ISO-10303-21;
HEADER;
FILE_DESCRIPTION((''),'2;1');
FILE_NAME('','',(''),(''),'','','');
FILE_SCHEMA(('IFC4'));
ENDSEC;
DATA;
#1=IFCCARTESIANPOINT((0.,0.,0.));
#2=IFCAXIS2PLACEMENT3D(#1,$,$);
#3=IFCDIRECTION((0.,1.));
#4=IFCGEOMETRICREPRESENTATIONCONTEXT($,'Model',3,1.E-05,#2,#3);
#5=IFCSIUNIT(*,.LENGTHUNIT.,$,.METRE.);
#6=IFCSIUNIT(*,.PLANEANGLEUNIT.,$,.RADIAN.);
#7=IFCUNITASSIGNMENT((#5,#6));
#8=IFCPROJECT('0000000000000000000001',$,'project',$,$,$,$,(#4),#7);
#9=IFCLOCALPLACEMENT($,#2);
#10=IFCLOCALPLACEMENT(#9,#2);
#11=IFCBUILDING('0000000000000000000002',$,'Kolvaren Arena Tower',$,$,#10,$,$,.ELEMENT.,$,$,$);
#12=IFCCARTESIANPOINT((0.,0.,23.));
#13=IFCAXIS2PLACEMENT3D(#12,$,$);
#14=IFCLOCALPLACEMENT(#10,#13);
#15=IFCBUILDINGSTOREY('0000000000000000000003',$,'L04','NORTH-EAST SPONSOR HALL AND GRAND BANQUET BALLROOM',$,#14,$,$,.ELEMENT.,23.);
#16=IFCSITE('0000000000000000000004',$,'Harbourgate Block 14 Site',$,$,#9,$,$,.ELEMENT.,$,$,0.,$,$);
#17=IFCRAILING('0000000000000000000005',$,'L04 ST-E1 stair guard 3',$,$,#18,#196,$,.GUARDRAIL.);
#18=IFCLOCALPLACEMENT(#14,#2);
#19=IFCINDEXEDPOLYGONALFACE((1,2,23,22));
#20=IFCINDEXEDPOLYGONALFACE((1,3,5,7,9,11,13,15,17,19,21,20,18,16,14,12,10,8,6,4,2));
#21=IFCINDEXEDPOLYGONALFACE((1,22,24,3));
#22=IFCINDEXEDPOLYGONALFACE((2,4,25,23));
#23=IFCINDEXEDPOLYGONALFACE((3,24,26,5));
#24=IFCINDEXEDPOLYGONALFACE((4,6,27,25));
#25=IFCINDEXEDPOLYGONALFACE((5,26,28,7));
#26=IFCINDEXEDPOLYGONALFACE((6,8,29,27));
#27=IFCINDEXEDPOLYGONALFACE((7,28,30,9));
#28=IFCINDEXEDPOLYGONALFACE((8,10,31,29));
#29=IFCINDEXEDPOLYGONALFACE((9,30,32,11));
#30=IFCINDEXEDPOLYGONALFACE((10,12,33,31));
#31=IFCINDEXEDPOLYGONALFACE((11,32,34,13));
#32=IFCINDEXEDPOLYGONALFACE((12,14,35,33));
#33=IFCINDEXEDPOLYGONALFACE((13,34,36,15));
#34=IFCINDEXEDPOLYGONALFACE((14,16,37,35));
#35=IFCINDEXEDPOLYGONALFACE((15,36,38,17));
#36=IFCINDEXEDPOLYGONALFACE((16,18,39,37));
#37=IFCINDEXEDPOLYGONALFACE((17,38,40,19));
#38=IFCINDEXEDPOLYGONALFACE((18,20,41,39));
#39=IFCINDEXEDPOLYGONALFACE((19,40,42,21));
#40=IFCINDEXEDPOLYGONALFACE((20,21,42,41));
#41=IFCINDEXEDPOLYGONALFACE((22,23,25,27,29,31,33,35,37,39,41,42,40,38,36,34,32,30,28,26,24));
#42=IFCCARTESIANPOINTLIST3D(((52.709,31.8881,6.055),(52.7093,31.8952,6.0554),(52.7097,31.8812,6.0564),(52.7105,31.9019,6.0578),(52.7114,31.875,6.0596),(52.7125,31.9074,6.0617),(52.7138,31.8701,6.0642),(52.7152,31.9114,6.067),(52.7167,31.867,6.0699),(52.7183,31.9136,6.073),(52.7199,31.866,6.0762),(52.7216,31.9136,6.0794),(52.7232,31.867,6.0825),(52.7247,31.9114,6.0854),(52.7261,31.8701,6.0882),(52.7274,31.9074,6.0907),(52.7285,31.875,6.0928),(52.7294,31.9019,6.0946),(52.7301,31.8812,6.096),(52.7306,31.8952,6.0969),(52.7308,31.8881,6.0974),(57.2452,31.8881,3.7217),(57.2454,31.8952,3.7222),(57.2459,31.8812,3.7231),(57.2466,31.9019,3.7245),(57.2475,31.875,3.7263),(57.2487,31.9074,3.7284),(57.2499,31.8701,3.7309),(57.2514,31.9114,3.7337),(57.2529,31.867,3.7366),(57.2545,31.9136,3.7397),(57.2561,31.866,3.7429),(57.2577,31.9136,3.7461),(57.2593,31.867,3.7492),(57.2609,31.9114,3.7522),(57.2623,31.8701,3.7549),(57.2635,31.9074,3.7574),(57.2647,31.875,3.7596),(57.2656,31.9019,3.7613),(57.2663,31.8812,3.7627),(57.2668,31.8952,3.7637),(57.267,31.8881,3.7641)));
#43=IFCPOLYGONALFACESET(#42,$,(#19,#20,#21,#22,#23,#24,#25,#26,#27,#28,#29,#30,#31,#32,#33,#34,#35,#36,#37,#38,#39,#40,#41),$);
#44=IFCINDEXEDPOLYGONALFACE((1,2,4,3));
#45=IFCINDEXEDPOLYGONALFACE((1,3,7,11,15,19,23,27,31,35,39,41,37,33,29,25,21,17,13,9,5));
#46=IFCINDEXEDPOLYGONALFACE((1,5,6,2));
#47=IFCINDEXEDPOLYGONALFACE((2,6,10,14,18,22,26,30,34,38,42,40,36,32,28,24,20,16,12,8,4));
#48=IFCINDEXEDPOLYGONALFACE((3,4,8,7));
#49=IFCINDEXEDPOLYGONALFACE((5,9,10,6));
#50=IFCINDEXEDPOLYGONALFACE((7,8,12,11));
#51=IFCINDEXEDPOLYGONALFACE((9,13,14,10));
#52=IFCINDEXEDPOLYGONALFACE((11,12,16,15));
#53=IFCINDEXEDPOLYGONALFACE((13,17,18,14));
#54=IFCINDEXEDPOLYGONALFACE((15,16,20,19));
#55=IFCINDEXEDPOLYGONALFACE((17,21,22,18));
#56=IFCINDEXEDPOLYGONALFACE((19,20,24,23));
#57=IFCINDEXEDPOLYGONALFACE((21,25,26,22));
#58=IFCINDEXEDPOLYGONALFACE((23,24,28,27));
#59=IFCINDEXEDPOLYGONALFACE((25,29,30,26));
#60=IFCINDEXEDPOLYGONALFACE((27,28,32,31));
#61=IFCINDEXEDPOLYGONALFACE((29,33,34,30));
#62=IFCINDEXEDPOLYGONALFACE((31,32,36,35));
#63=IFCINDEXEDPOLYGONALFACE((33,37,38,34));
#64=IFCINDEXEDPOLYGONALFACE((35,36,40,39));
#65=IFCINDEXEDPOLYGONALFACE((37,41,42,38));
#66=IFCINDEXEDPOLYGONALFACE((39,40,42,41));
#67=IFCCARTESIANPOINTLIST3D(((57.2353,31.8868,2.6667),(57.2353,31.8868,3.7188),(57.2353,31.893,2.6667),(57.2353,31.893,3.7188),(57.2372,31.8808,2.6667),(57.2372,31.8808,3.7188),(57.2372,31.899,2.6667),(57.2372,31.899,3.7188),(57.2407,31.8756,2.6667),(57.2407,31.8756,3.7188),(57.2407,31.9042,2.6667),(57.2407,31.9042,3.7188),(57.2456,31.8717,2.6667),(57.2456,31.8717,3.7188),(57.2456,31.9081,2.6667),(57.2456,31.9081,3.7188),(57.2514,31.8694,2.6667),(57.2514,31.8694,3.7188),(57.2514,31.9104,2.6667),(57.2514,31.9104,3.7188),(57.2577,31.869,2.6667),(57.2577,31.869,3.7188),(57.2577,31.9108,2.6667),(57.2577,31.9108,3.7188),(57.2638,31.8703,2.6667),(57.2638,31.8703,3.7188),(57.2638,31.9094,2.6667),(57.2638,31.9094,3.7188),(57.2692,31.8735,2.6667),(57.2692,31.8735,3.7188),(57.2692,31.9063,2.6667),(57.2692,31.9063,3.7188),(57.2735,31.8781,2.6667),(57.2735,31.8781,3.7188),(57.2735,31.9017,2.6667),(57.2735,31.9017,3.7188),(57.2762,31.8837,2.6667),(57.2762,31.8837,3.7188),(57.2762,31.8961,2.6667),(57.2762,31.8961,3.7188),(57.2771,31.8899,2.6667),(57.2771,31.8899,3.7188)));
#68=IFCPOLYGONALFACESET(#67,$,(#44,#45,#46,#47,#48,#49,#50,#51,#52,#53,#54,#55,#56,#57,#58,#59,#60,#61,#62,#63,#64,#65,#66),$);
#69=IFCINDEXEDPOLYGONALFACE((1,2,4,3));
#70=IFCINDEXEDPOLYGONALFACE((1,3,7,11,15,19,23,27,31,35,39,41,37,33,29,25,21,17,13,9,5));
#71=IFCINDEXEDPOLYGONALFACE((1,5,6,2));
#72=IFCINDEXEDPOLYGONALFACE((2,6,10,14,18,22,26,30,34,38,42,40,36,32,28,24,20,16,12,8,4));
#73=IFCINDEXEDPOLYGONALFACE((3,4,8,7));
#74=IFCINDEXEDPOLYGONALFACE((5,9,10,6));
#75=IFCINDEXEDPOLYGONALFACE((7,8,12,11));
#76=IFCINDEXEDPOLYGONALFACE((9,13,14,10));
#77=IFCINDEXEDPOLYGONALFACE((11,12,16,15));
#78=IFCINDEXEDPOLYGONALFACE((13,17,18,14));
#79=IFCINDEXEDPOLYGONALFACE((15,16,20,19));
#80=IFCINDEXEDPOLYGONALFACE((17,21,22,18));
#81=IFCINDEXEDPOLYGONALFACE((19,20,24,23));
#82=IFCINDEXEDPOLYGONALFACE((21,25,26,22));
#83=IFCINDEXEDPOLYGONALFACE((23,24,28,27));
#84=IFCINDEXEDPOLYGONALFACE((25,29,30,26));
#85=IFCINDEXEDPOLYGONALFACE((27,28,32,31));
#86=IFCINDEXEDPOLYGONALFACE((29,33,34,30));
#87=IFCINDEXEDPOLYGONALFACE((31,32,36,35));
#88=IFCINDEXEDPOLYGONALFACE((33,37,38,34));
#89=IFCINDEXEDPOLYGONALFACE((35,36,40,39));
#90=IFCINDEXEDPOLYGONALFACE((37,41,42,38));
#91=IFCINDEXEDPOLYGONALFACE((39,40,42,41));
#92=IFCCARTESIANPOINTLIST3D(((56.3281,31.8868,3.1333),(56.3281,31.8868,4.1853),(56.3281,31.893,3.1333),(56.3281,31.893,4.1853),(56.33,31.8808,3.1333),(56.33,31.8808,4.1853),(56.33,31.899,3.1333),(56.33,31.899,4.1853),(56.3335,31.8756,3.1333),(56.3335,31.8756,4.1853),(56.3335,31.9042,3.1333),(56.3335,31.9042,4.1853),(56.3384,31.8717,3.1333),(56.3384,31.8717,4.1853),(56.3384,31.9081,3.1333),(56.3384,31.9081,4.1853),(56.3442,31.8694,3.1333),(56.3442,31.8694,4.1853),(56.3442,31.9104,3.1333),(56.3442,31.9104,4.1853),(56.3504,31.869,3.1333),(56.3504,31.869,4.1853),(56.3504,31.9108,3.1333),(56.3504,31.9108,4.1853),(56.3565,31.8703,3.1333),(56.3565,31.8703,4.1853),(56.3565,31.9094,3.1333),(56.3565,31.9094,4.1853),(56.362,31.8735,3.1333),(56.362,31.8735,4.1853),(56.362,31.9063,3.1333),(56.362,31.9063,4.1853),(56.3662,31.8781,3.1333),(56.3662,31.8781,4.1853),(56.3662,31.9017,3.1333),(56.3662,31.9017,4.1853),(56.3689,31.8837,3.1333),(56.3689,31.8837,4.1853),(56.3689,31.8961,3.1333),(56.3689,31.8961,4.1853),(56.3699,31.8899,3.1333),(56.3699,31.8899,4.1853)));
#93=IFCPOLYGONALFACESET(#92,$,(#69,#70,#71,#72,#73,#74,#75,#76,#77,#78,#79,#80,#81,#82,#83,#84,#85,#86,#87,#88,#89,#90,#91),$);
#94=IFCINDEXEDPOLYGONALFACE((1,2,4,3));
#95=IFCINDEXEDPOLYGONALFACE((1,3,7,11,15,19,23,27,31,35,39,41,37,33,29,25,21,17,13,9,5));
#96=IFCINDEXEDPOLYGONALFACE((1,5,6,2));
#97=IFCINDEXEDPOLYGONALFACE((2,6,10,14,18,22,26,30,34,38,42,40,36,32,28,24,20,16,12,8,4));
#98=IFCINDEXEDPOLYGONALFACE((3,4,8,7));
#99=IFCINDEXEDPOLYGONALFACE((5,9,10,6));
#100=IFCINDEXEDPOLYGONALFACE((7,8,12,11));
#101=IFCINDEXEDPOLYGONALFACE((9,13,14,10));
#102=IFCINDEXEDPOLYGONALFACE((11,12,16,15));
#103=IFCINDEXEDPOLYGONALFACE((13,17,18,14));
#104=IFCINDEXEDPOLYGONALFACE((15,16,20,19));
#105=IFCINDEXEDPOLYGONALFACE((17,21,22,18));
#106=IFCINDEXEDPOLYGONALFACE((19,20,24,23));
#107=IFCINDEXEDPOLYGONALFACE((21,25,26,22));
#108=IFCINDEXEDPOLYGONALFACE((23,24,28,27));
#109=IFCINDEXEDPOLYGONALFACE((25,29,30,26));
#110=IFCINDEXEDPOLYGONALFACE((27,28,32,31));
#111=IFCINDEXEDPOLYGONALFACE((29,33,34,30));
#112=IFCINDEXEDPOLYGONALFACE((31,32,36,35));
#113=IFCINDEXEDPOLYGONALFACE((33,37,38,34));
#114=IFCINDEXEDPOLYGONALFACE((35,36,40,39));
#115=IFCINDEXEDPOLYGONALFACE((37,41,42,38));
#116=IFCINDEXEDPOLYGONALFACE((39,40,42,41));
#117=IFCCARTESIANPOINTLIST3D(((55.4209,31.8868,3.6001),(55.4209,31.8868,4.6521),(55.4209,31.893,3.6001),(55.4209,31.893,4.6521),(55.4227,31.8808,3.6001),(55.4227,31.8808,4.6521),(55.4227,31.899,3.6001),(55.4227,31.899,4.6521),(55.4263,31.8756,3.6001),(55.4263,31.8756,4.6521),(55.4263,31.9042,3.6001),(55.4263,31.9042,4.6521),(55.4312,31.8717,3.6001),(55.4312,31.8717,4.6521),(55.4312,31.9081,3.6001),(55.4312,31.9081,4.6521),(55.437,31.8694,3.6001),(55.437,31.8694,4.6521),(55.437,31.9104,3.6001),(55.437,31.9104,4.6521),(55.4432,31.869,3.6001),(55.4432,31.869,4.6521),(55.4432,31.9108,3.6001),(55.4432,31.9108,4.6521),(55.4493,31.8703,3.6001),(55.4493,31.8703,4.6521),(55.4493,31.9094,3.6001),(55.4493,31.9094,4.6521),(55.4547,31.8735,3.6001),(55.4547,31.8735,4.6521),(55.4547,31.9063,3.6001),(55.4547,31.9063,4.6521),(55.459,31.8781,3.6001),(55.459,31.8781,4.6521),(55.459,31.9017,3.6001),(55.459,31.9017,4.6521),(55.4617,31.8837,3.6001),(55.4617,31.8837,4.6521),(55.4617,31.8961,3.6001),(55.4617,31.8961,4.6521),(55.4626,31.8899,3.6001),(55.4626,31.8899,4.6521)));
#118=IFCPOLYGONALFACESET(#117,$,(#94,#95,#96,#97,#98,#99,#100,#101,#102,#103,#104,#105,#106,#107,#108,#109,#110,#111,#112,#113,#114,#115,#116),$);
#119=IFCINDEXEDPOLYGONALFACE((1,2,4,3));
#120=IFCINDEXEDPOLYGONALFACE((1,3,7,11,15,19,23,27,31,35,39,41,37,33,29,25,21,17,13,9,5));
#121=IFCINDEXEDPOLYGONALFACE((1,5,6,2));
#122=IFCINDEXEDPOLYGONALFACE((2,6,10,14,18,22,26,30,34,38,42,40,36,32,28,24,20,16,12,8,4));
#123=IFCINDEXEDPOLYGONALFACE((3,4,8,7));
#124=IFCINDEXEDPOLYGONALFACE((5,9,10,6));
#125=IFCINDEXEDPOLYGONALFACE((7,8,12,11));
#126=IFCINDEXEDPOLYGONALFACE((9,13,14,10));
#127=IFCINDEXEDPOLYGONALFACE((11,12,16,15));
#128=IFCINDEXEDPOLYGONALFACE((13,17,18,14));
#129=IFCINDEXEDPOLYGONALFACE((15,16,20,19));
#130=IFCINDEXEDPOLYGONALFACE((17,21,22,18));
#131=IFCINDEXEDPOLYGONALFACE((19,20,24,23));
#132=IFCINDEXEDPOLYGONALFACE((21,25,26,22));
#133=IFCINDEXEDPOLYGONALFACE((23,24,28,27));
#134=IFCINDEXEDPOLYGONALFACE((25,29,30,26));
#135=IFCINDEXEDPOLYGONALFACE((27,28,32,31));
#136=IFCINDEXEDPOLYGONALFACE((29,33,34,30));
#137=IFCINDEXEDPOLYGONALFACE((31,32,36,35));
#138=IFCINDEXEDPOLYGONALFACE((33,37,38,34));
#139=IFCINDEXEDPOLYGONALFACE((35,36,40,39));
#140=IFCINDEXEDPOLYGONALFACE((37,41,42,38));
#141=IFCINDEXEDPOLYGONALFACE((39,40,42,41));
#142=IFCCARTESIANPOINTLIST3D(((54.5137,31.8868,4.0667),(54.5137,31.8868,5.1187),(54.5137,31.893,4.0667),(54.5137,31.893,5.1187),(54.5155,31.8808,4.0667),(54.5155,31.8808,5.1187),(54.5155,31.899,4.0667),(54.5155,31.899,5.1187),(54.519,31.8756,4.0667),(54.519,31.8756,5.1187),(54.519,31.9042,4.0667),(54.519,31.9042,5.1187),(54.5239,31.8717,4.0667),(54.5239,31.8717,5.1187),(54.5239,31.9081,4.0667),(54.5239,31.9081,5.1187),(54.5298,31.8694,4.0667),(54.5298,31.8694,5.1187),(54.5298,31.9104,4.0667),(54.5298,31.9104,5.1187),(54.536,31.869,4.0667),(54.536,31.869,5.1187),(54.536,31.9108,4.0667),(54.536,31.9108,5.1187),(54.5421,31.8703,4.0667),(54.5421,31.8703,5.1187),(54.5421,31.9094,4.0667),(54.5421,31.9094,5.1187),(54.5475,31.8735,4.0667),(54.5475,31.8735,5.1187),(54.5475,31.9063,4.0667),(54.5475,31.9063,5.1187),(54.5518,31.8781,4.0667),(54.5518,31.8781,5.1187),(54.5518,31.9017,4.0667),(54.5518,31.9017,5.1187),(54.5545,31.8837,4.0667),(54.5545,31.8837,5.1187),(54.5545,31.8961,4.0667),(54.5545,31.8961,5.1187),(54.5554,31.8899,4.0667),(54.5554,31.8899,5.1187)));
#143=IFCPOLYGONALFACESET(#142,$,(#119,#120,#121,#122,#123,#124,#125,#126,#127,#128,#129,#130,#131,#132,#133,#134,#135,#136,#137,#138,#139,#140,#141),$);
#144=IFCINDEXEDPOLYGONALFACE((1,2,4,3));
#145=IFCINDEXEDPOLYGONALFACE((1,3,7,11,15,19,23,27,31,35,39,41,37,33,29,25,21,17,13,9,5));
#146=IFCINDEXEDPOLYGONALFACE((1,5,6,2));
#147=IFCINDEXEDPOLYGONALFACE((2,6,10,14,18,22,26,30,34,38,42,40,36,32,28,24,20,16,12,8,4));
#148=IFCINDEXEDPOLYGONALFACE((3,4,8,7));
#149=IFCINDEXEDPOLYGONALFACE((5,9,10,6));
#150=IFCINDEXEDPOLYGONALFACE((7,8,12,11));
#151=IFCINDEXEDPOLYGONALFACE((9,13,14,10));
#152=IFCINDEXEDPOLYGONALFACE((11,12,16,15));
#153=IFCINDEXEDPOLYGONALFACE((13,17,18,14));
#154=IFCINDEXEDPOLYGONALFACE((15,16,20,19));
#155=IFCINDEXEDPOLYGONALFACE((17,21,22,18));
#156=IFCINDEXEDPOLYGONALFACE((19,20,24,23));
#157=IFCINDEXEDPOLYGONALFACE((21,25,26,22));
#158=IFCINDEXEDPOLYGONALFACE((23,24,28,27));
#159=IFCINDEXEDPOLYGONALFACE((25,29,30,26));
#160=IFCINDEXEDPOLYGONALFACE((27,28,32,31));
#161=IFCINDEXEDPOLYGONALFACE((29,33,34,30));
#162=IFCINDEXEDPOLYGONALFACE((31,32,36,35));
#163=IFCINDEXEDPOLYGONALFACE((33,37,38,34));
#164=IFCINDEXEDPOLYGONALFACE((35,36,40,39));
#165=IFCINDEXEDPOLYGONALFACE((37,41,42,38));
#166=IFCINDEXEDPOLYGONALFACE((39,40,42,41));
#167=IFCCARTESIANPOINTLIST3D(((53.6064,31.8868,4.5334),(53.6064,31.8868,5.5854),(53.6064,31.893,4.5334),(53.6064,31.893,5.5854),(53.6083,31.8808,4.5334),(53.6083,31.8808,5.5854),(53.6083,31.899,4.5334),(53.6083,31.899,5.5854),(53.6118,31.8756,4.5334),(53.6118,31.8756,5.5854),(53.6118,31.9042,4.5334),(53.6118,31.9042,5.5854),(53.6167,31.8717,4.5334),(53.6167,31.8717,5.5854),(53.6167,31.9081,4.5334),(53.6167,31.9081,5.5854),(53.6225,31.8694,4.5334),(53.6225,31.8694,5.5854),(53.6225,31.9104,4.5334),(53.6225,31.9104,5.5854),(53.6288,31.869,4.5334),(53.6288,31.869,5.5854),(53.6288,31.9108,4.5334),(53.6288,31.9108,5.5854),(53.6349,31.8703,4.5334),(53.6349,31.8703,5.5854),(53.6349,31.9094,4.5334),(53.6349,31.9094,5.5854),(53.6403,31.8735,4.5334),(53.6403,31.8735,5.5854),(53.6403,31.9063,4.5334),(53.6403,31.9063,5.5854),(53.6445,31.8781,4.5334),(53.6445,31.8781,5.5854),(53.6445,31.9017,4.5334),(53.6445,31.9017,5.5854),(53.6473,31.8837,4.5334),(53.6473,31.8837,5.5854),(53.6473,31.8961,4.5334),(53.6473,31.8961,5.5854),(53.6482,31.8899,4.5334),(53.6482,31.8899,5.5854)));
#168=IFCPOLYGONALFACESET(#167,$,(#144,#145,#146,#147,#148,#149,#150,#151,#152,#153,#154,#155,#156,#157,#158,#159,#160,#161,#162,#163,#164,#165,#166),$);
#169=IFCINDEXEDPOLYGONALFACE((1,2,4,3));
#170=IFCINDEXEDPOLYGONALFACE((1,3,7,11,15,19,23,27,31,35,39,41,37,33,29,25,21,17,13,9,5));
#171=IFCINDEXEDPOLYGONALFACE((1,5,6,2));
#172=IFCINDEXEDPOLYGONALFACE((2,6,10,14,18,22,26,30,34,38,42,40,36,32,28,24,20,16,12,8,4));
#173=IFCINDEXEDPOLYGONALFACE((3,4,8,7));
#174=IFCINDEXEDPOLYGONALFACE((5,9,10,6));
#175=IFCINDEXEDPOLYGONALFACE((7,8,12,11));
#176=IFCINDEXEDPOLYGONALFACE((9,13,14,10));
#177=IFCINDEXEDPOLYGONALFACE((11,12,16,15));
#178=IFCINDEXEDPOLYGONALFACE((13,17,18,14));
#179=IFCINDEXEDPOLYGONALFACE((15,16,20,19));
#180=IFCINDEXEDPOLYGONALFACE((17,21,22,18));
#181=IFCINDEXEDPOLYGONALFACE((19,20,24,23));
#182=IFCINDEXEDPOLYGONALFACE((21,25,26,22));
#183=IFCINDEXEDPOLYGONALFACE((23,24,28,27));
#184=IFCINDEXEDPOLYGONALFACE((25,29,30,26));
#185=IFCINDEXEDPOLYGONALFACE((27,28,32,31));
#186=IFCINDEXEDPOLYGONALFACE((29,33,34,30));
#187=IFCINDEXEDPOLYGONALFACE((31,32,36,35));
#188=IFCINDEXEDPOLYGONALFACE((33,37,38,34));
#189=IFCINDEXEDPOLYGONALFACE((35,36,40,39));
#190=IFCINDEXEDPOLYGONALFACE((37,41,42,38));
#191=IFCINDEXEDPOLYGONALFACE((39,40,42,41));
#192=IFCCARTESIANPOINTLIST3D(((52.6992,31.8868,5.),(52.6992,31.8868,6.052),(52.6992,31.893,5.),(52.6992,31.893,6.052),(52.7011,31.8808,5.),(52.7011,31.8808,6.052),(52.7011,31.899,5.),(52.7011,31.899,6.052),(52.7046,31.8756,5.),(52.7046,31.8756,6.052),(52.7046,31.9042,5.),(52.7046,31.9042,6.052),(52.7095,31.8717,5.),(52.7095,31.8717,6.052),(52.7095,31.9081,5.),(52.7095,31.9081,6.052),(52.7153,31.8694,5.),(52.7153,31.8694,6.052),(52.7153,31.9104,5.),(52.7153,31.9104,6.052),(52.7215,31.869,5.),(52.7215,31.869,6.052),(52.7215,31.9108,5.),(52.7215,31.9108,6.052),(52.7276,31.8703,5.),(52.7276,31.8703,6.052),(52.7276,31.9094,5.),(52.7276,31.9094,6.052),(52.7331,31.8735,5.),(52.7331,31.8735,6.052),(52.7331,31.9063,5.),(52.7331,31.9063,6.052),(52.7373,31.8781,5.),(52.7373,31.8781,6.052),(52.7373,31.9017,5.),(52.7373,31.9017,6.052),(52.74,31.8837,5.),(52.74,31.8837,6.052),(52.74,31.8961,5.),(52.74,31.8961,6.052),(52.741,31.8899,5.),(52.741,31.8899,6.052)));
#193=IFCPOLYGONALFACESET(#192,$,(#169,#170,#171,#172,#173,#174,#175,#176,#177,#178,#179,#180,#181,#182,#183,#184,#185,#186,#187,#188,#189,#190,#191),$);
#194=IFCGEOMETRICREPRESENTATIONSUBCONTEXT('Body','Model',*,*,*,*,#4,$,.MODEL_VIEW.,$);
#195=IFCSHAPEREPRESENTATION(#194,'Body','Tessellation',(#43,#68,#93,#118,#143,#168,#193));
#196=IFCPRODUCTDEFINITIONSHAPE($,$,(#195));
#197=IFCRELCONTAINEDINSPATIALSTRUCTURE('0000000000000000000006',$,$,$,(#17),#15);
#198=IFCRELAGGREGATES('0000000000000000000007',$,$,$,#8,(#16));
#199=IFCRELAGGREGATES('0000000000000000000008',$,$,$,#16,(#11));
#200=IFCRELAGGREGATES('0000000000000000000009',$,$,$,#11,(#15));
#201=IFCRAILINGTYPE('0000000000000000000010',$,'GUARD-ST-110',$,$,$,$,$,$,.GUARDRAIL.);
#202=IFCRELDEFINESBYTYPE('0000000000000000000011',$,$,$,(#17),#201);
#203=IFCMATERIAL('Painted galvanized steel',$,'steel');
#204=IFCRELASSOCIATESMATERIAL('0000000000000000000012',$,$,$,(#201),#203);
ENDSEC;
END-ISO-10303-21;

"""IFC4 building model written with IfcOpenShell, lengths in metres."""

from ifc_helpers import new_model, si_unit, direction, frame, origin, origin_2d, place, context, subcontext, project, spatial, circle, extrude, material, type_object, element, save


model = new_model("IFC4")

# Units and contexts
model_context = context("Model", 3, precision=1e-05, world=origin(), true_north=direction((0.0, 1.0)))
body_context = subcontext(model_context, "Body", "Model", "MODEL_VIEW")
ifc_project = project(units=[si_unit("LENGTHUNIT", "METRE"), si_unit("PLANEANGLEUNIT", "RADIAN")], contexts=[model_context])

# Site, building, storey
site_placement = place(None, origin())
site = spatial("IfcSite", under=ifc_project, at=site_placement, Name="Harbourgate Block 14 Site", CompositionType="ELEMENT", RefElevation=0.0)
building_placement = place(site_placement, origin())
building = spatial("IfcBuilding", under=site, at=building_placement, Name="Kolvaren Arena Tower", CompositionType="ELEMENT")
storey_placement = place(building_placement, frame((0.0, 0.0, 23.0)))
storey = spatial("IfcBuildingStorey", under=building, at=storey_placement, Name="L04", Description="NORTH-EAST SPONSOR HALL AND GRAND BANQUET BALLROOM", CompositionType="ELEMENT", Elevation=23.0)

# Railing
ifc_material_1 = material(Name="Painted galvanized steel", Category="steel")
railing_type_1 = type_object("IfcRailingType", Name="GUARD-ST-110", PredefinedType="GUARDRAIL", material=ifc_material_1)
railing_1_placement = place(storey_placement, frame((57.2561, 31.8899, 2.6667)))
element("IfcRailing", 1, at=railing_1_placement, inside=storey, type_object=railing_type_1, Name="L04 ST-E1 stair guard 3", PredefinedType="GUARDRAIL", context=body_context, shape_type="SweptSolid", body=[
    extrude(circle(Radius=0.0239, at=origin_2d()), frame((0.0, 0.0, 1.0762), z_axis=(-0.889257, 0.0, 0.457407), x_axis=(0.0, -1.0, 0.0)), (0.0, 0.0, 1.0), 5.1011),
    extrude(circle(Radius=0.021, at=origin_2d()), origin(), (0.0, 0.0, 1.0), 1.052),
    extrude(circle(Radius=0.021, at=origin_2d()), frame((-0.9072, 0.0, 0.4666)), (0.0, 0.0, 1.0), 1.052),
    extrude(circle(Radius=0.021, at=origin_2d()), frame((-1.8145, 0.0, 0.9333)), (0.0, 0.0, 1.0), 1.052),
    extrude(circle(Radius=0.021, at=origin_2d()), frame((-2.7217, 0.0, 1.3999)), (0.0, 0.0, 1.0), 1.052),
    extrude(circle(Radius=0.021, at=origin_2d()), frame((-3.6289, 0.0, 1.8667)), (0.0, 0.0, 1.0), 1.052),
    extrude(circle(Radius=0.021, at=origin_2d()), frame((-4.5361, 0.0, 2.3333)), (0.0, 0.0, 1.0), 1.052),
])

save(model, "model.ifc")
